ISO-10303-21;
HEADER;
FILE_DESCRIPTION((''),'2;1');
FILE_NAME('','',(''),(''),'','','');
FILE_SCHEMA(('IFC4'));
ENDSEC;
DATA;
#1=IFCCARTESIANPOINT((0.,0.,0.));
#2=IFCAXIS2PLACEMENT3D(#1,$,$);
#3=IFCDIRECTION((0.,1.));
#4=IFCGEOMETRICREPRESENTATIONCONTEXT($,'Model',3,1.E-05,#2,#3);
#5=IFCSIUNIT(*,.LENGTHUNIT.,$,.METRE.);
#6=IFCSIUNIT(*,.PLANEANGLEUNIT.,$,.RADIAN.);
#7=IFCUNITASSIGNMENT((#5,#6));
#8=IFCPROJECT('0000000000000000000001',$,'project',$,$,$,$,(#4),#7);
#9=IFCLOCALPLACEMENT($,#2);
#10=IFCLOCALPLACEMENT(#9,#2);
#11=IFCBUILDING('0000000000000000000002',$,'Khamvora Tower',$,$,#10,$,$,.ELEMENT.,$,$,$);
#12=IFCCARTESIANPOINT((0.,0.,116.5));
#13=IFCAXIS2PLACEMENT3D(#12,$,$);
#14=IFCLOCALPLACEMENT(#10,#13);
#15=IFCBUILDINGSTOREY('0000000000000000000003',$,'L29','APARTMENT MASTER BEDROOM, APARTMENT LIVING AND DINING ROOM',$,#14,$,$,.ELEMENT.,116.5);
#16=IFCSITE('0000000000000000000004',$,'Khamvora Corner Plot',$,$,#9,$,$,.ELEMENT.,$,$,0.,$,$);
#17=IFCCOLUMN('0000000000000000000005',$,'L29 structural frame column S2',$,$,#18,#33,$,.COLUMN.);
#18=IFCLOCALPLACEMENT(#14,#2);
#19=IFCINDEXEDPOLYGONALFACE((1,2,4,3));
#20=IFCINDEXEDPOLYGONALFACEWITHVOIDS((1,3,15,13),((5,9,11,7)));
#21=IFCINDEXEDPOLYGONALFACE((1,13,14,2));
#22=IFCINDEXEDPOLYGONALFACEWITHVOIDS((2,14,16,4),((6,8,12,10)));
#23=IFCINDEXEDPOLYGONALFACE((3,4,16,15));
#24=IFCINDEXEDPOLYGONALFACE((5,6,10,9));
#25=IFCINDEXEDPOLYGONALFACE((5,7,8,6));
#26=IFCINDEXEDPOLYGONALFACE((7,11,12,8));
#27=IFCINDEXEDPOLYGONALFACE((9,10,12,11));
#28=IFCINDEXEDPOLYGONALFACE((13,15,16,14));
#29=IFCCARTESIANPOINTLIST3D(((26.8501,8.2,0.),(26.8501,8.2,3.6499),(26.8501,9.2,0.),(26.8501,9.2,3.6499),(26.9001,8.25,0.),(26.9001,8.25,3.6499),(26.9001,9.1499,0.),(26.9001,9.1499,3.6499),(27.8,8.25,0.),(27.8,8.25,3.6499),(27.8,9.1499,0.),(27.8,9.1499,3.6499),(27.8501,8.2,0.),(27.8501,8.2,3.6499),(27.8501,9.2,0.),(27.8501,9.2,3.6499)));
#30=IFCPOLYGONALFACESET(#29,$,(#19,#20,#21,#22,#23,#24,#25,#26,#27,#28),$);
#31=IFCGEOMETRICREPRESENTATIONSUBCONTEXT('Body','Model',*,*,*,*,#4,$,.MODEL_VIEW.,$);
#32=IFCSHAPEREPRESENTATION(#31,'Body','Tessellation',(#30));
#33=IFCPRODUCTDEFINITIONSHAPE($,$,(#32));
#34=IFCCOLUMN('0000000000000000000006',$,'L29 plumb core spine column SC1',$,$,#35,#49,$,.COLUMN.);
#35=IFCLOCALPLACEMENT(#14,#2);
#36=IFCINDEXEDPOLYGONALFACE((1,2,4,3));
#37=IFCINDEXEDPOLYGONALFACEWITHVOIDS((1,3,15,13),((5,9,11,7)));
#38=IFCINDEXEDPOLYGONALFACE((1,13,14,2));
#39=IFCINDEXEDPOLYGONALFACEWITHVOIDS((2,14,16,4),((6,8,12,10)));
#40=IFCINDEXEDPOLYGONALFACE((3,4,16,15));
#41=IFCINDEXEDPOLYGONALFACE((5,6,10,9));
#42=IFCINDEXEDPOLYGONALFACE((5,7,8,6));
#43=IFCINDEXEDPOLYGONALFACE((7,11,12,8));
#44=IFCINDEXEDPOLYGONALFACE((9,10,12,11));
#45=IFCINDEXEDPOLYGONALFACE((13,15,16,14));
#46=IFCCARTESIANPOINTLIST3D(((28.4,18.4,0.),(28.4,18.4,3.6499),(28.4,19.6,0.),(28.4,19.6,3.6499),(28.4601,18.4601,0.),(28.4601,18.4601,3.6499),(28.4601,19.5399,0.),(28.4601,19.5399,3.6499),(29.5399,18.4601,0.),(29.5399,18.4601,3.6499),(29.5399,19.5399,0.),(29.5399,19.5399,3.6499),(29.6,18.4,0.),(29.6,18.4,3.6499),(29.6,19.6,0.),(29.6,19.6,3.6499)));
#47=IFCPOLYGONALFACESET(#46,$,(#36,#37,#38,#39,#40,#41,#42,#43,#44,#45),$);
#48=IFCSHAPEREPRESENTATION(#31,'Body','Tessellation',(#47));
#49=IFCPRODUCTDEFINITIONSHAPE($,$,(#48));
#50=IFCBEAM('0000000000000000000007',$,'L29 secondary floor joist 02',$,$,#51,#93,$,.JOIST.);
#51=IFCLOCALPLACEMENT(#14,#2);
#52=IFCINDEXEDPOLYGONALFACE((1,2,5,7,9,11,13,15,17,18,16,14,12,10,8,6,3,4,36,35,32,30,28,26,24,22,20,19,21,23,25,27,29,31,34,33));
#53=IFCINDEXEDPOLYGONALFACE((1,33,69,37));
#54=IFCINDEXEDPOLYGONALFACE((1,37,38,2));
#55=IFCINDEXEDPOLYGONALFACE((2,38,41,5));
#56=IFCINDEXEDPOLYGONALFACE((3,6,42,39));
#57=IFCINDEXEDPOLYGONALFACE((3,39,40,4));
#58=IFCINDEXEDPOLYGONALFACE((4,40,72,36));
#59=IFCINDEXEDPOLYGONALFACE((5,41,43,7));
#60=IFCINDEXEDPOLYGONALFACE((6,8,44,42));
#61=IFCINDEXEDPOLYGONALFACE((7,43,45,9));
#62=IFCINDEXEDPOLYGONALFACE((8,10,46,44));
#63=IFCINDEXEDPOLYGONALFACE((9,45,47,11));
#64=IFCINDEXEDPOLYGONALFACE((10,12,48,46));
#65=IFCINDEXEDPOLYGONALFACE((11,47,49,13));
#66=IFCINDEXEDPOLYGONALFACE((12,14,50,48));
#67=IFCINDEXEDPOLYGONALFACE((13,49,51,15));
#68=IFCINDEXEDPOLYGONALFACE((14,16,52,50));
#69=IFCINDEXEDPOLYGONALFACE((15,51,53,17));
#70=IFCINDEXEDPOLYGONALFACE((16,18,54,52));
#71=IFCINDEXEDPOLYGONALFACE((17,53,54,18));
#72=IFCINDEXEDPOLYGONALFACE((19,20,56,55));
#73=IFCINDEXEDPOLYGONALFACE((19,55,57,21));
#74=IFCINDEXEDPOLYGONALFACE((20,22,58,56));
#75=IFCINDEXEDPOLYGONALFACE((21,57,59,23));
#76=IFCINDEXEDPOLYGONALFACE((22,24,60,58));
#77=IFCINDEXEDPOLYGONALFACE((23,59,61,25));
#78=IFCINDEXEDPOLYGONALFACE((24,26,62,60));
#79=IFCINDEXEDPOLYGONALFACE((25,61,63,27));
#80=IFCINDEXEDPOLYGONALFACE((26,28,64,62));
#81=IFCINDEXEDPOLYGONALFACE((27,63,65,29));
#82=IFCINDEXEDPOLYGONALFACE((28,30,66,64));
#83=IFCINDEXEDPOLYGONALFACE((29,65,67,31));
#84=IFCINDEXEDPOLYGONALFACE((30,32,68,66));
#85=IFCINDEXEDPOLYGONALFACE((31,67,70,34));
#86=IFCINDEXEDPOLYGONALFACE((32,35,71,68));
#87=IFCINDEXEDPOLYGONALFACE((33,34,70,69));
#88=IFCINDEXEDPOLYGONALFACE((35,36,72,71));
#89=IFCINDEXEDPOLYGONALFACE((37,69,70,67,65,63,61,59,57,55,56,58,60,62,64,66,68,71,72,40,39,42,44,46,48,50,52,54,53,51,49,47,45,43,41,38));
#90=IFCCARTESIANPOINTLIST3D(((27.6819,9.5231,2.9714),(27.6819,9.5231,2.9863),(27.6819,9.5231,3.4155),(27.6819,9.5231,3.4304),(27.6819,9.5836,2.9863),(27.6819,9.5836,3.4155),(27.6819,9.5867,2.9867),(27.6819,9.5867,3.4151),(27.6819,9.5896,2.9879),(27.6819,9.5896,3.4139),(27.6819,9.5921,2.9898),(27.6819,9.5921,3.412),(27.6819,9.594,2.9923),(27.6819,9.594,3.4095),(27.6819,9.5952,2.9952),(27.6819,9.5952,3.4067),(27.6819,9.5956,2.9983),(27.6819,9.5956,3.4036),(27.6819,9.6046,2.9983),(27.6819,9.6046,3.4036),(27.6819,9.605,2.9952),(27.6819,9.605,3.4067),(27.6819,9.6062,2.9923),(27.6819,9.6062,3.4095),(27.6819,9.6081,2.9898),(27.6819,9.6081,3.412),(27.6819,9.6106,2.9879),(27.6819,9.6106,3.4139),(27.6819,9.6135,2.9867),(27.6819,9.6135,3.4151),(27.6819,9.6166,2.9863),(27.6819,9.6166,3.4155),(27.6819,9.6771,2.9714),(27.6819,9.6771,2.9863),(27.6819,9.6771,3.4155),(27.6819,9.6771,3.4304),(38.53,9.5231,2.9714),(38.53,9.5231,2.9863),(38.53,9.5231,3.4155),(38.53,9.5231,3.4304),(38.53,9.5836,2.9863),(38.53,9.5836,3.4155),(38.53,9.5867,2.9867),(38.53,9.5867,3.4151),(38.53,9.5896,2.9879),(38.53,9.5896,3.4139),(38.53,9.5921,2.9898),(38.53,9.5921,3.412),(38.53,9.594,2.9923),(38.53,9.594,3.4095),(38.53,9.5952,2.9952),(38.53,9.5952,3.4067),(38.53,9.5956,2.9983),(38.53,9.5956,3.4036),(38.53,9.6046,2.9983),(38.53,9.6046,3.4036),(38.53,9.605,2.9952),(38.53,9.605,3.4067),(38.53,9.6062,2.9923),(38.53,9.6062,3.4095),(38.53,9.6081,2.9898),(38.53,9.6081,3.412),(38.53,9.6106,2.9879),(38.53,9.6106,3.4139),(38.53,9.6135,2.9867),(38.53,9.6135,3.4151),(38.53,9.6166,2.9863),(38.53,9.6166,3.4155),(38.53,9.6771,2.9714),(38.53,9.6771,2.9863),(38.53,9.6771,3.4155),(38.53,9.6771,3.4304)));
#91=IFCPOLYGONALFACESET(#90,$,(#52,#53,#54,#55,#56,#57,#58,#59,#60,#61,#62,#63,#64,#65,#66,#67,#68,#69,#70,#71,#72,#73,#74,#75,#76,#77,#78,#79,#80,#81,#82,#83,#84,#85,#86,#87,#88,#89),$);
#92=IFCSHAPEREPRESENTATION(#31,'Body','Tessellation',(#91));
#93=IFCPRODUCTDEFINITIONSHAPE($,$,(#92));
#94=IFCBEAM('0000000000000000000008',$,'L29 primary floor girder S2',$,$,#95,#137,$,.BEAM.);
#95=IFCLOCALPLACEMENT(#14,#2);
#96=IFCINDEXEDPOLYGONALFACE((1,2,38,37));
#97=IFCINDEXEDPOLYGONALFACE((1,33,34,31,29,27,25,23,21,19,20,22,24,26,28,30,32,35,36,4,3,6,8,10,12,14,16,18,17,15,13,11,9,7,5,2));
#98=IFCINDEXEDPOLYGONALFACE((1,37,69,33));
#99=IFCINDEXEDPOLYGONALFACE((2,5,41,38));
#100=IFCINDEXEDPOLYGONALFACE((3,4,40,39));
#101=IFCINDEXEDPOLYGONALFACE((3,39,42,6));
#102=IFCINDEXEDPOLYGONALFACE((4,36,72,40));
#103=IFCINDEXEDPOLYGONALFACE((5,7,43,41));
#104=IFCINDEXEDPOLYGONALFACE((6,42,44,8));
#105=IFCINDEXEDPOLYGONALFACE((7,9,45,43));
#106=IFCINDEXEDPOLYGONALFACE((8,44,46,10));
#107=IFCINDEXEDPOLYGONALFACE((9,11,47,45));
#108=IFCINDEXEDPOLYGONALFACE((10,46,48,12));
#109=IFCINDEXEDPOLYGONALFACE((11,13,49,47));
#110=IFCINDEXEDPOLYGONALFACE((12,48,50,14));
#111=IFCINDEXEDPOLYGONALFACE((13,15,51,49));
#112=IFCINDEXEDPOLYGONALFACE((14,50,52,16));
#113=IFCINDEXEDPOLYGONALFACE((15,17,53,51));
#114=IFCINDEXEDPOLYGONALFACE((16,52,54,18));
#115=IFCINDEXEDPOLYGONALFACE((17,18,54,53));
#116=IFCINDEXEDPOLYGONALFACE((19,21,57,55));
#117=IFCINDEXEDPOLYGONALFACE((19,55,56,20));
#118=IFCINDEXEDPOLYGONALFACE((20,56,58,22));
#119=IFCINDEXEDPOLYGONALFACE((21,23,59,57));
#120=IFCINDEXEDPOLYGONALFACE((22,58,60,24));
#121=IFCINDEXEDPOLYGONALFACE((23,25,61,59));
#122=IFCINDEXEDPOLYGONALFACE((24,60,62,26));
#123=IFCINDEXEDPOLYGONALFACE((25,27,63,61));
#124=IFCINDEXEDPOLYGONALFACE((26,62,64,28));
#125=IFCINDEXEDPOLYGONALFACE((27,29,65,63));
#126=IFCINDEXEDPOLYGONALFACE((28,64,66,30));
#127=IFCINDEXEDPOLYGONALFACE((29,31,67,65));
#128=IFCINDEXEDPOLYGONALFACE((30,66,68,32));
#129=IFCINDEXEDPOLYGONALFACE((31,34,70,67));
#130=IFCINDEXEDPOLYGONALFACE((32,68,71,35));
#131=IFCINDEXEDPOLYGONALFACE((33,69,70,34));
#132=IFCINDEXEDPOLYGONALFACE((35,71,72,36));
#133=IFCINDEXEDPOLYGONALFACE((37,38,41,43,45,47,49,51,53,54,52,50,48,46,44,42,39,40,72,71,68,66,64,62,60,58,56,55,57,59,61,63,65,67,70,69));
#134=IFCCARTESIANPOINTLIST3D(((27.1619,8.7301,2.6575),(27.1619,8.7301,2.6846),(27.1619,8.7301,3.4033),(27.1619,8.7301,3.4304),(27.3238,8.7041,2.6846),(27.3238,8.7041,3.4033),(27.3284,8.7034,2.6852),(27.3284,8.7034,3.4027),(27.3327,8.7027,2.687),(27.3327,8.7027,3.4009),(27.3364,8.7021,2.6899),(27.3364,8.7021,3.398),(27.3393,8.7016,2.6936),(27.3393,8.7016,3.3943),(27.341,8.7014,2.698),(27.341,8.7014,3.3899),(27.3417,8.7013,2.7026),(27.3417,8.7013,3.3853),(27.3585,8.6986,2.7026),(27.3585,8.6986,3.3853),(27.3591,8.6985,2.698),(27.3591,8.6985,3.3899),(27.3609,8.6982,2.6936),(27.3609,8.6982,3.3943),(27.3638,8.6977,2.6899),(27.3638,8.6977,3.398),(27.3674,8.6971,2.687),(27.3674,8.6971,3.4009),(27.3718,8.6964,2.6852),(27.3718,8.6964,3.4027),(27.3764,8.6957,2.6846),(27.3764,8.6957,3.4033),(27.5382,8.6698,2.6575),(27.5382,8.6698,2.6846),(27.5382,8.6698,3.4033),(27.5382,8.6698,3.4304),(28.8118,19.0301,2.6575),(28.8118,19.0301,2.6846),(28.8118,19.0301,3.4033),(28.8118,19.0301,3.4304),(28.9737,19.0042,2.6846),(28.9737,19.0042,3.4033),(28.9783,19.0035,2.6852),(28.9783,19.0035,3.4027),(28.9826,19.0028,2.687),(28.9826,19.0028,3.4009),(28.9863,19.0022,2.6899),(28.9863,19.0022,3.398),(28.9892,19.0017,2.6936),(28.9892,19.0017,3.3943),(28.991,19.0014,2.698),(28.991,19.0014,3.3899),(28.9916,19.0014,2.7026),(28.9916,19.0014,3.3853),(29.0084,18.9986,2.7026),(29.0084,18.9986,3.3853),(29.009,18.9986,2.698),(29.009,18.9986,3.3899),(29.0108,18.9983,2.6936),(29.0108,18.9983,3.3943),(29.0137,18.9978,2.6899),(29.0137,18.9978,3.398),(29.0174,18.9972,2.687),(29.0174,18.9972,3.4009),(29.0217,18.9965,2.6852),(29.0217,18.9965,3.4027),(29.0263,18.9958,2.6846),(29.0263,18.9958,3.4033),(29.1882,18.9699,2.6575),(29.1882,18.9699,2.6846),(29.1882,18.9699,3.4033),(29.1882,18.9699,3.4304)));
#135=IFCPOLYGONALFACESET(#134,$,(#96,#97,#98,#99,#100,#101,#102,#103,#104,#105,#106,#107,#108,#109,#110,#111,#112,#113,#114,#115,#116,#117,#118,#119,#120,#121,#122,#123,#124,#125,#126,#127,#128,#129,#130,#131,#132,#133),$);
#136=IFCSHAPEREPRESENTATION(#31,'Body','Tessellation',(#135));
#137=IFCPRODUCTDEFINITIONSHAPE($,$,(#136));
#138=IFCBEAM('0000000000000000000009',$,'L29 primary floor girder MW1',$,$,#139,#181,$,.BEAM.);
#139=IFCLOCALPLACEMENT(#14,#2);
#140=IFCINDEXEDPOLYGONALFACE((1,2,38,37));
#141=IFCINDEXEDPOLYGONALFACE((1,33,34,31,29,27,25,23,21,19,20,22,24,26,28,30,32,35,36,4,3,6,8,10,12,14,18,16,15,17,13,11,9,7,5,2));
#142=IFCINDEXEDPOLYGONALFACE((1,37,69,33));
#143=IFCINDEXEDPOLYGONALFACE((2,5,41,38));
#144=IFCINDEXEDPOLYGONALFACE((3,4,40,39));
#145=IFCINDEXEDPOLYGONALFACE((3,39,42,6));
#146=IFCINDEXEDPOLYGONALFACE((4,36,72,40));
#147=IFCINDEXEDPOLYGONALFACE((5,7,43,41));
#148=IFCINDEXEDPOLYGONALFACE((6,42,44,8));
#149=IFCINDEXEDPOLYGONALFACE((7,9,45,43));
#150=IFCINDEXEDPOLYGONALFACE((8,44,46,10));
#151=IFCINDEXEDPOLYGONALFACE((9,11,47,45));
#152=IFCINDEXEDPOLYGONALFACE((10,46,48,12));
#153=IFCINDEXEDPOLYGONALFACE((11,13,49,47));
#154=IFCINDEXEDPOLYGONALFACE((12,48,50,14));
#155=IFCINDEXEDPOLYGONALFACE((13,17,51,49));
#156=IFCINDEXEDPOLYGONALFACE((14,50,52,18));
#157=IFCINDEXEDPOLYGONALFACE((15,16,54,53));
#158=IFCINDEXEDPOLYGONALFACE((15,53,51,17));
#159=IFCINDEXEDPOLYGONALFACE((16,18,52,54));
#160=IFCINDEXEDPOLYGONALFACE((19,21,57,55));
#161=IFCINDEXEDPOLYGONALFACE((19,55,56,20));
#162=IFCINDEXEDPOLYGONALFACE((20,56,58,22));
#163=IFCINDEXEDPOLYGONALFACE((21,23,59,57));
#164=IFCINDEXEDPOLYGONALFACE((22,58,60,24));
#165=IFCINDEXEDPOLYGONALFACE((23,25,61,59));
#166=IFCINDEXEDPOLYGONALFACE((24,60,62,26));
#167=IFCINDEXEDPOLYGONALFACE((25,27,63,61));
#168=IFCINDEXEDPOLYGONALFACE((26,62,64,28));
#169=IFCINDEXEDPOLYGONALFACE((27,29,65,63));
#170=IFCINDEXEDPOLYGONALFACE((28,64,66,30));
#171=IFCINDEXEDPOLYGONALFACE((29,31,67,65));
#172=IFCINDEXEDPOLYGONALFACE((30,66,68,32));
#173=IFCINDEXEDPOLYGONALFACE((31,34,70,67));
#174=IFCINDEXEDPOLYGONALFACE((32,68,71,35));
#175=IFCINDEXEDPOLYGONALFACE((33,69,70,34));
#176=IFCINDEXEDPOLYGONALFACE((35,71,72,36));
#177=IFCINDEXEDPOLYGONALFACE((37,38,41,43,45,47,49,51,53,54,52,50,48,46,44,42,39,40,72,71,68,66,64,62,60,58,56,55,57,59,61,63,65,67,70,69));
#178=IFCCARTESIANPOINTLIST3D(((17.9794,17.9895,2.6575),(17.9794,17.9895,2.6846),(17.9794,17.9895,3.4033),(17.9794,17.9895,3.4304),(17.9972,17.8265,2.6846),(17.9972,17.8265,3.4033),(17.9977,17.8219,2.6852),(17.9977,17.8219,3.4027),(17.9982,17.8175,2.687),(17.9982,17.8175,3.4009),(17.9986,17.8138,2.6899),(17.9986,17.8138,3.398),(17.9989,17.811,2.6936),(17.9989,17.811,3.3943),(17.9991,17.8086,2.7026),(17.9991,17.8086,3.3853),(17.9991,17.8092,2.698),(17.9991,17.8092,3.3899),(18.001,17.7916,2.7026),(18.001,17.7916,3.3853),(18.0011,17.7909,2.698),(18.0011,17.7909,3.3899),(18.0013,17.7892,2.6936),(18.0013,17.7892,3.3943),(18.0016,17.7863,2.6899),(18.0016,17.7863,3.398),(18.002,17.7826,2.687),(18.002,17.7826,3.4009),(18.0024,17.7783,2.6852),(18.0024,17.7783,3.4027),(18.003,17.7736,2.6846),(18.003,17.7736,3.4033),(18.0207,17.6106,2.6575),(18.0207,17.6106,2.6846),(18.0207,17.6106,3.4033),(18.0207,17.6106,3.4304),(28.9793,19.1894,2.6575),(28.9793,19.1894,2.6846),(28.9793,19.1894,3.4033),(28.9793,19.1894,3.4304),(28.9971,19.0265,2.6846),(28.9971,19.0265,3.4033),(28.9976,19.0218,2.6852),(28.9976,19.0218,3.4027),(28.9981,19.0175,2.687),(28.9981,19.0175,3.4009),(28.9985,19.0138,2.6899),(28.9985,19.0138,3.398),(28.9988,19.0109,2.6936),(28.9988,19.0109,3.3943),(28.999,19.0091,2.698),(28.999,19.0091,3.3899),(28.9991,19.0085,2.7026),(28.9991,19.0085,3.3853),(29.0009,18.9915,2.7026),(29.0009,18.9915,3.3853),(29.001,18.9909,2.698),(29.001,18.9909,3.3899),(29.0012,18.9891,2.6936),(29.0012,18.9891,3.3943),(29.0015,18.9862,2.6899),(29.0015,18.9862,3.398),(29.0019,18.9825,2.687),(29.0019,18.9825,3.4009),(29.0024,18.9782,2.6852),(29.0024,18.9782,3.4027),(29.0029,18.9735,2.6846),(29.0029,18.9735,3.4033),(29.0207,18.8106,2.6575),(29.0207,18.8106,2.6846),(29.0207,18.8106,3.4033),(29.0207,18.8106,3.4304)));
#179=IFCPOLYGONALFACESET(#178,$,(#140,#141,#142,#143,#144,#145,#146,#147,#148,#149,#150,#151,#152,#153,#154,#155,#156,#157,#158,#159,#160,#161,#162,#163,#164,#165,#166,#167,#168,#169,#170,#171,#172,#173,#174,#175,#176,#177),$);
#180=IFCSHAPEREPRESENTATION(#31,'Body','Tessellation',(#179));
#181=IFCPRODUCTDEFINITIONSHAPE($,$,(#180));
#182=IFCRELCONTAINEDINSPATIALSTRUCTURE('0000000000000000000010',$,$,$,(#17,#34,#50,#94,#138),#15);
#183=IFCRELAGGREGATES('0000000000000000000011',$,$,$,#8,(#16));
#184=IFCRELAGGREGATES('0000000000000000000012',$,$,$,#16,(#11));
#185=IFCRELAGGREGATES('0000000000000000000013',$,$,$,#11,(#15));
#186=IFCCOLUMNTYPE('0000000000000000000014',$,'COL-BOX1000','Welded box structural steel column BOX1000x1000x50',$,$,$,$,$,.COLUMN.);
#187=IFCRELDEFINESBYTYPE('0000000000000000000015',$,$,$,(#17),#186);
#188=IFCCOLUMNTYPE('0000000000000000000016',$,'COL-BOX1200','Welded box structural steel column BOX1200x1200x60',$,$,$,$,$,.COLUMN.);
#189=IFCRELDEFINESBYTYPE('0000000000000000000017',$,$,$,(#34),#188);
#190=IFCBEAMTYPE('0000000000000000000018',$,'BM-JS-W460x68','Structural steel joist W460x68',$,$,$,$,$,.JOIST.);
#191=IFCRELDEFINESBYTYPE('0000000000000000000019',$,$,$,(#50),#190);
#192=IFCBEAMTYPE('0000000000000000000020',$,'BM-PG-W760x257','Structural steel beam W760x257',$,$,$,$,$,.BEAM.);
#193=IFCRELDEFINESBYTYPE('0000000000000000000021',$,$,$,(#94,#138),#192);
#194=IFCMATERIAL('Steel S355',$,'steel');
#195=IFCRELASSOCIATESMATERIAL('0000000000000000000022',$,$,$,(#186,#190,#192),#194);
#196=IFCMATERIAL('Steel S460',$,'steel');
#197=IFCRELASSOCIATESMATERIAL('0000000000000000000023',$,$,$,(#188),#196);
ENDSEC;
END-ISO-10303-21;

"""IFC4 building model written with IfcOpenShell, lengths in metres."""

from ifc_helpers import new_model, si_unit, direction, frame, origin, origin_2d, place, context, subcontext, project, spatial, hollow_rectangle, i_section, extrude, material, material_profile, profile_set, type_object, element, save


model = new_model("IFC4")

# Units and contexts
model_context = context("Model", 3, precision=1e-05, world=origin(), true_north=direction((0.0, 1.0)))
body_context = subcontext(model_context, "Body", "Model", "MODEL_VIEW")
ifc_project = project(units=[si_unit("LENGTHUNIT", "METRE"), si_unit("PLANEANGLEUNIT", "RADIAN")], contexts=[model_context])

# Site, building, storey
site_placement = place(None, origin())
site = spatial("IfcSite", under=ifc_project, at=site_placement, Name="Khamvora Corner Plot", CompositionType="ELEMENT", RefElevation=0.0)
building_placement = place(site_placement, origin())
building = spatial("IfcBuilding", under=site, at=building_placement, Name="Khamvora Tower", CompositionType="ELEMENT")
storey_placement = place(building_placement, frame((0.0, 0.0, 116.5)))
storey = spatial("IfcBuildingStorey", under=building, at=storey_placement, Name="L29", Description="APARTMENT MASTER BEDROOM, APARTMENT LIVING AND DINING ROOM", CompositionType="ELEMENT", Elevation=116.5)

# Columns
ifc_material_1 = material(Name="Steel S355", Category="steel")
ifc_material_profile_1 = material_profile(ifc_material_1, hollow_rectangle(XDim=1.0, YDim=1.0, WallThickness=0.05, at=origin_2d()), Name="BOX1000x1000x50")
ifc_profile_set_1 = profile_set([ifc_material_profile_1], Name="Steel S355")
column_type_1 = type_object("IfcColumnType", Name="COL-BOX1000", Description="Welded box structural steel column BOX1000x1000x50", PredefinedType="COLUMN", material=ifc_profile_set_1)
column_1_placement = place(storey_placement, frame((27.3501, 8.7, 0.0), z_axis=(0.0, 0.0, 1.0), x_axis=(1.0, 0.0, 0.0)))
element("IfcColumn", 1, at=column_1_placement, inside=storey, type_object=column_type_1, Name="L29 structural frame column S2", PredefinedType="COLUMN", context=body_context, shape_type="SweptSolid", body=[
    extrude(hollow_rectangle(XDim=1.0, YDim=1.0, WallThickness=0.05, at=origin_2d()), origin(), (0.0, 0.0, 1.0), 3.6499),
])
ifc_material_2 = material(Name="Steel S460", Category="steel")
ifc_material_profile_2 = material_profile(ifc_material_2, hollow_rectangle(XDim=1.2, YDim=1.2, WallThickness=0.0601, at=origin_2d()), Name="BOX1200x1200x60")
ifc_profile_set_2 = profile_set([ifc_material_profile_2], Name="Steel S460")
column_type_2 = type_object("IfcColumnType", Name="COL-BOX1200", Description="Welded box structural steel column BOX1200x1200x60", PredefinedType="COLUMN", material=ifc_profile_set_2)
column_2_placement = place(storey_placement, frame((29.0, 19.0, 0.0), z_axis=(0.0, 0.0, 1.0), x_axis=(1.0, 0.0, 0.0)))
element("IfcColumn", 2, at=column_2_placement, inside=storey, type_object=column_type_2, Name="L29 plumb core spine column SC1", PredefinedType="COLUMN", context=body_context, shape_type="SweptSolid", body=[
    extrude(hollow_rectangle(XDim=1.2, YDim=1.2, WallThickness=0.0601, at=origin_2d()), origin(), (0.0, 0.0, 1.0), 3.6499),
])

# Beams
ifc_material_profile_3 = material_profile(ifc_material_1, i_section(OverallWidth=0.1541, OverallDepth=0.459, WebThickness=0.009, FlangeThickness=0.0149, FilletRadius=0.012, at=origin_2d()), Name="W460x68")
ifc_profile_set_3 = profile_set([ifc_material_profile_3], Name="Steel S355")
beam_type_1 = type_object("IfcBeamType", Name="BM-JS-W460x68", Description="Structural steel joist W460x68", PredefinedType="JOIST", material=ifc_profile_set_3)
beam_1_placement = place(storey_placement, frame((27.6819, 9.6001, 3.2009), z_axis=(1.0, 0.0, 0.0), x_axis=(0.0, 1.0, 0.0)))
element("IfcBeam", 3, at=beam_1_placement, inside=storey, type_object=beam_type_1, Name="L29 secondary floor joist 02", PredefinedType="JOIST", context=body_context, shape_type="SweptSolid", body=[
    extrude(i_section(OverallWidth=0.1541, OverallDepth=0.459, WebThickness=0.009, FlangeThickness=0.0149, FilletRadius=0.012, at=origin_2d()), origin(), (0.0, 0.0, 1.0), 10.8481),
])
ifc_material_profile_4 = material_profile(ifc_material_1, i_section(OverallWidth=0.3811, OverallDepth=0.7729, WebThickness=0.0171, FlangeThickness=0.0271, FilletRadius=0.0181, at=origin_2d()), Name="W760x257")
ifc_profile_set_4 = profile_set([ifc_material_profile_4], Name="Steel S355")
beam_type_2 = type_object("IfcBeamType", Name="BM-PG-W760x257", Description="Structural steel beam W760x257", PredefinedType="BEAM", material=ifc_profile_set_4)
beam_2_placement = place(storey_placement, frame((29.0, 19.0, 3.0439), z_axis=(-0.158168, -0.987412, 0.0), x_axis=(0.987412, -0.158168, 0.0)))
element("IfcBeam", 4, at=beam_2_placement, inside=storey, type_object=beam_type_2, Name="L29 primary floor girder S2", PredefinedType="BEAM", context=body_context, shape_type="SweptSolid", body=[
    extrude(i_section(OverallWidth=0.3811, OverallDepth=0.7729, WebThickness=0.0171, FlangeThickness=0.0271, FilletRadius=0.0181, at=origin_2d()), origin(), (0.0, 0.0, 1.0), 10.4314),
])
beam_3_placement = place(storey_placement, frame((29.0, 19.0, 3.0439), z_axis=(-0.994103, -0.108443, 0.0), x_axis=(0.108443, -0.994103, 0.0)))
element("IfcBeam", 5, at=beam_3_placement, inside=storey, type_object=beam_type_2, Name="L29 primary floor girder MW1", PredefinedType="BEAM", context=body_context, shape_type="SweptSolid", body=[
    extrude(i_section(OverallWidth=0.3811, OverallDepth=0.7729, WebThickness=0.0171, FlangeThickness=0.0271, FilletRadius=0.0181, at=origin_2d()), origin(), (0.0, 0.0, 1.0), 11.0652),
])

save(model, "model.ifc")
